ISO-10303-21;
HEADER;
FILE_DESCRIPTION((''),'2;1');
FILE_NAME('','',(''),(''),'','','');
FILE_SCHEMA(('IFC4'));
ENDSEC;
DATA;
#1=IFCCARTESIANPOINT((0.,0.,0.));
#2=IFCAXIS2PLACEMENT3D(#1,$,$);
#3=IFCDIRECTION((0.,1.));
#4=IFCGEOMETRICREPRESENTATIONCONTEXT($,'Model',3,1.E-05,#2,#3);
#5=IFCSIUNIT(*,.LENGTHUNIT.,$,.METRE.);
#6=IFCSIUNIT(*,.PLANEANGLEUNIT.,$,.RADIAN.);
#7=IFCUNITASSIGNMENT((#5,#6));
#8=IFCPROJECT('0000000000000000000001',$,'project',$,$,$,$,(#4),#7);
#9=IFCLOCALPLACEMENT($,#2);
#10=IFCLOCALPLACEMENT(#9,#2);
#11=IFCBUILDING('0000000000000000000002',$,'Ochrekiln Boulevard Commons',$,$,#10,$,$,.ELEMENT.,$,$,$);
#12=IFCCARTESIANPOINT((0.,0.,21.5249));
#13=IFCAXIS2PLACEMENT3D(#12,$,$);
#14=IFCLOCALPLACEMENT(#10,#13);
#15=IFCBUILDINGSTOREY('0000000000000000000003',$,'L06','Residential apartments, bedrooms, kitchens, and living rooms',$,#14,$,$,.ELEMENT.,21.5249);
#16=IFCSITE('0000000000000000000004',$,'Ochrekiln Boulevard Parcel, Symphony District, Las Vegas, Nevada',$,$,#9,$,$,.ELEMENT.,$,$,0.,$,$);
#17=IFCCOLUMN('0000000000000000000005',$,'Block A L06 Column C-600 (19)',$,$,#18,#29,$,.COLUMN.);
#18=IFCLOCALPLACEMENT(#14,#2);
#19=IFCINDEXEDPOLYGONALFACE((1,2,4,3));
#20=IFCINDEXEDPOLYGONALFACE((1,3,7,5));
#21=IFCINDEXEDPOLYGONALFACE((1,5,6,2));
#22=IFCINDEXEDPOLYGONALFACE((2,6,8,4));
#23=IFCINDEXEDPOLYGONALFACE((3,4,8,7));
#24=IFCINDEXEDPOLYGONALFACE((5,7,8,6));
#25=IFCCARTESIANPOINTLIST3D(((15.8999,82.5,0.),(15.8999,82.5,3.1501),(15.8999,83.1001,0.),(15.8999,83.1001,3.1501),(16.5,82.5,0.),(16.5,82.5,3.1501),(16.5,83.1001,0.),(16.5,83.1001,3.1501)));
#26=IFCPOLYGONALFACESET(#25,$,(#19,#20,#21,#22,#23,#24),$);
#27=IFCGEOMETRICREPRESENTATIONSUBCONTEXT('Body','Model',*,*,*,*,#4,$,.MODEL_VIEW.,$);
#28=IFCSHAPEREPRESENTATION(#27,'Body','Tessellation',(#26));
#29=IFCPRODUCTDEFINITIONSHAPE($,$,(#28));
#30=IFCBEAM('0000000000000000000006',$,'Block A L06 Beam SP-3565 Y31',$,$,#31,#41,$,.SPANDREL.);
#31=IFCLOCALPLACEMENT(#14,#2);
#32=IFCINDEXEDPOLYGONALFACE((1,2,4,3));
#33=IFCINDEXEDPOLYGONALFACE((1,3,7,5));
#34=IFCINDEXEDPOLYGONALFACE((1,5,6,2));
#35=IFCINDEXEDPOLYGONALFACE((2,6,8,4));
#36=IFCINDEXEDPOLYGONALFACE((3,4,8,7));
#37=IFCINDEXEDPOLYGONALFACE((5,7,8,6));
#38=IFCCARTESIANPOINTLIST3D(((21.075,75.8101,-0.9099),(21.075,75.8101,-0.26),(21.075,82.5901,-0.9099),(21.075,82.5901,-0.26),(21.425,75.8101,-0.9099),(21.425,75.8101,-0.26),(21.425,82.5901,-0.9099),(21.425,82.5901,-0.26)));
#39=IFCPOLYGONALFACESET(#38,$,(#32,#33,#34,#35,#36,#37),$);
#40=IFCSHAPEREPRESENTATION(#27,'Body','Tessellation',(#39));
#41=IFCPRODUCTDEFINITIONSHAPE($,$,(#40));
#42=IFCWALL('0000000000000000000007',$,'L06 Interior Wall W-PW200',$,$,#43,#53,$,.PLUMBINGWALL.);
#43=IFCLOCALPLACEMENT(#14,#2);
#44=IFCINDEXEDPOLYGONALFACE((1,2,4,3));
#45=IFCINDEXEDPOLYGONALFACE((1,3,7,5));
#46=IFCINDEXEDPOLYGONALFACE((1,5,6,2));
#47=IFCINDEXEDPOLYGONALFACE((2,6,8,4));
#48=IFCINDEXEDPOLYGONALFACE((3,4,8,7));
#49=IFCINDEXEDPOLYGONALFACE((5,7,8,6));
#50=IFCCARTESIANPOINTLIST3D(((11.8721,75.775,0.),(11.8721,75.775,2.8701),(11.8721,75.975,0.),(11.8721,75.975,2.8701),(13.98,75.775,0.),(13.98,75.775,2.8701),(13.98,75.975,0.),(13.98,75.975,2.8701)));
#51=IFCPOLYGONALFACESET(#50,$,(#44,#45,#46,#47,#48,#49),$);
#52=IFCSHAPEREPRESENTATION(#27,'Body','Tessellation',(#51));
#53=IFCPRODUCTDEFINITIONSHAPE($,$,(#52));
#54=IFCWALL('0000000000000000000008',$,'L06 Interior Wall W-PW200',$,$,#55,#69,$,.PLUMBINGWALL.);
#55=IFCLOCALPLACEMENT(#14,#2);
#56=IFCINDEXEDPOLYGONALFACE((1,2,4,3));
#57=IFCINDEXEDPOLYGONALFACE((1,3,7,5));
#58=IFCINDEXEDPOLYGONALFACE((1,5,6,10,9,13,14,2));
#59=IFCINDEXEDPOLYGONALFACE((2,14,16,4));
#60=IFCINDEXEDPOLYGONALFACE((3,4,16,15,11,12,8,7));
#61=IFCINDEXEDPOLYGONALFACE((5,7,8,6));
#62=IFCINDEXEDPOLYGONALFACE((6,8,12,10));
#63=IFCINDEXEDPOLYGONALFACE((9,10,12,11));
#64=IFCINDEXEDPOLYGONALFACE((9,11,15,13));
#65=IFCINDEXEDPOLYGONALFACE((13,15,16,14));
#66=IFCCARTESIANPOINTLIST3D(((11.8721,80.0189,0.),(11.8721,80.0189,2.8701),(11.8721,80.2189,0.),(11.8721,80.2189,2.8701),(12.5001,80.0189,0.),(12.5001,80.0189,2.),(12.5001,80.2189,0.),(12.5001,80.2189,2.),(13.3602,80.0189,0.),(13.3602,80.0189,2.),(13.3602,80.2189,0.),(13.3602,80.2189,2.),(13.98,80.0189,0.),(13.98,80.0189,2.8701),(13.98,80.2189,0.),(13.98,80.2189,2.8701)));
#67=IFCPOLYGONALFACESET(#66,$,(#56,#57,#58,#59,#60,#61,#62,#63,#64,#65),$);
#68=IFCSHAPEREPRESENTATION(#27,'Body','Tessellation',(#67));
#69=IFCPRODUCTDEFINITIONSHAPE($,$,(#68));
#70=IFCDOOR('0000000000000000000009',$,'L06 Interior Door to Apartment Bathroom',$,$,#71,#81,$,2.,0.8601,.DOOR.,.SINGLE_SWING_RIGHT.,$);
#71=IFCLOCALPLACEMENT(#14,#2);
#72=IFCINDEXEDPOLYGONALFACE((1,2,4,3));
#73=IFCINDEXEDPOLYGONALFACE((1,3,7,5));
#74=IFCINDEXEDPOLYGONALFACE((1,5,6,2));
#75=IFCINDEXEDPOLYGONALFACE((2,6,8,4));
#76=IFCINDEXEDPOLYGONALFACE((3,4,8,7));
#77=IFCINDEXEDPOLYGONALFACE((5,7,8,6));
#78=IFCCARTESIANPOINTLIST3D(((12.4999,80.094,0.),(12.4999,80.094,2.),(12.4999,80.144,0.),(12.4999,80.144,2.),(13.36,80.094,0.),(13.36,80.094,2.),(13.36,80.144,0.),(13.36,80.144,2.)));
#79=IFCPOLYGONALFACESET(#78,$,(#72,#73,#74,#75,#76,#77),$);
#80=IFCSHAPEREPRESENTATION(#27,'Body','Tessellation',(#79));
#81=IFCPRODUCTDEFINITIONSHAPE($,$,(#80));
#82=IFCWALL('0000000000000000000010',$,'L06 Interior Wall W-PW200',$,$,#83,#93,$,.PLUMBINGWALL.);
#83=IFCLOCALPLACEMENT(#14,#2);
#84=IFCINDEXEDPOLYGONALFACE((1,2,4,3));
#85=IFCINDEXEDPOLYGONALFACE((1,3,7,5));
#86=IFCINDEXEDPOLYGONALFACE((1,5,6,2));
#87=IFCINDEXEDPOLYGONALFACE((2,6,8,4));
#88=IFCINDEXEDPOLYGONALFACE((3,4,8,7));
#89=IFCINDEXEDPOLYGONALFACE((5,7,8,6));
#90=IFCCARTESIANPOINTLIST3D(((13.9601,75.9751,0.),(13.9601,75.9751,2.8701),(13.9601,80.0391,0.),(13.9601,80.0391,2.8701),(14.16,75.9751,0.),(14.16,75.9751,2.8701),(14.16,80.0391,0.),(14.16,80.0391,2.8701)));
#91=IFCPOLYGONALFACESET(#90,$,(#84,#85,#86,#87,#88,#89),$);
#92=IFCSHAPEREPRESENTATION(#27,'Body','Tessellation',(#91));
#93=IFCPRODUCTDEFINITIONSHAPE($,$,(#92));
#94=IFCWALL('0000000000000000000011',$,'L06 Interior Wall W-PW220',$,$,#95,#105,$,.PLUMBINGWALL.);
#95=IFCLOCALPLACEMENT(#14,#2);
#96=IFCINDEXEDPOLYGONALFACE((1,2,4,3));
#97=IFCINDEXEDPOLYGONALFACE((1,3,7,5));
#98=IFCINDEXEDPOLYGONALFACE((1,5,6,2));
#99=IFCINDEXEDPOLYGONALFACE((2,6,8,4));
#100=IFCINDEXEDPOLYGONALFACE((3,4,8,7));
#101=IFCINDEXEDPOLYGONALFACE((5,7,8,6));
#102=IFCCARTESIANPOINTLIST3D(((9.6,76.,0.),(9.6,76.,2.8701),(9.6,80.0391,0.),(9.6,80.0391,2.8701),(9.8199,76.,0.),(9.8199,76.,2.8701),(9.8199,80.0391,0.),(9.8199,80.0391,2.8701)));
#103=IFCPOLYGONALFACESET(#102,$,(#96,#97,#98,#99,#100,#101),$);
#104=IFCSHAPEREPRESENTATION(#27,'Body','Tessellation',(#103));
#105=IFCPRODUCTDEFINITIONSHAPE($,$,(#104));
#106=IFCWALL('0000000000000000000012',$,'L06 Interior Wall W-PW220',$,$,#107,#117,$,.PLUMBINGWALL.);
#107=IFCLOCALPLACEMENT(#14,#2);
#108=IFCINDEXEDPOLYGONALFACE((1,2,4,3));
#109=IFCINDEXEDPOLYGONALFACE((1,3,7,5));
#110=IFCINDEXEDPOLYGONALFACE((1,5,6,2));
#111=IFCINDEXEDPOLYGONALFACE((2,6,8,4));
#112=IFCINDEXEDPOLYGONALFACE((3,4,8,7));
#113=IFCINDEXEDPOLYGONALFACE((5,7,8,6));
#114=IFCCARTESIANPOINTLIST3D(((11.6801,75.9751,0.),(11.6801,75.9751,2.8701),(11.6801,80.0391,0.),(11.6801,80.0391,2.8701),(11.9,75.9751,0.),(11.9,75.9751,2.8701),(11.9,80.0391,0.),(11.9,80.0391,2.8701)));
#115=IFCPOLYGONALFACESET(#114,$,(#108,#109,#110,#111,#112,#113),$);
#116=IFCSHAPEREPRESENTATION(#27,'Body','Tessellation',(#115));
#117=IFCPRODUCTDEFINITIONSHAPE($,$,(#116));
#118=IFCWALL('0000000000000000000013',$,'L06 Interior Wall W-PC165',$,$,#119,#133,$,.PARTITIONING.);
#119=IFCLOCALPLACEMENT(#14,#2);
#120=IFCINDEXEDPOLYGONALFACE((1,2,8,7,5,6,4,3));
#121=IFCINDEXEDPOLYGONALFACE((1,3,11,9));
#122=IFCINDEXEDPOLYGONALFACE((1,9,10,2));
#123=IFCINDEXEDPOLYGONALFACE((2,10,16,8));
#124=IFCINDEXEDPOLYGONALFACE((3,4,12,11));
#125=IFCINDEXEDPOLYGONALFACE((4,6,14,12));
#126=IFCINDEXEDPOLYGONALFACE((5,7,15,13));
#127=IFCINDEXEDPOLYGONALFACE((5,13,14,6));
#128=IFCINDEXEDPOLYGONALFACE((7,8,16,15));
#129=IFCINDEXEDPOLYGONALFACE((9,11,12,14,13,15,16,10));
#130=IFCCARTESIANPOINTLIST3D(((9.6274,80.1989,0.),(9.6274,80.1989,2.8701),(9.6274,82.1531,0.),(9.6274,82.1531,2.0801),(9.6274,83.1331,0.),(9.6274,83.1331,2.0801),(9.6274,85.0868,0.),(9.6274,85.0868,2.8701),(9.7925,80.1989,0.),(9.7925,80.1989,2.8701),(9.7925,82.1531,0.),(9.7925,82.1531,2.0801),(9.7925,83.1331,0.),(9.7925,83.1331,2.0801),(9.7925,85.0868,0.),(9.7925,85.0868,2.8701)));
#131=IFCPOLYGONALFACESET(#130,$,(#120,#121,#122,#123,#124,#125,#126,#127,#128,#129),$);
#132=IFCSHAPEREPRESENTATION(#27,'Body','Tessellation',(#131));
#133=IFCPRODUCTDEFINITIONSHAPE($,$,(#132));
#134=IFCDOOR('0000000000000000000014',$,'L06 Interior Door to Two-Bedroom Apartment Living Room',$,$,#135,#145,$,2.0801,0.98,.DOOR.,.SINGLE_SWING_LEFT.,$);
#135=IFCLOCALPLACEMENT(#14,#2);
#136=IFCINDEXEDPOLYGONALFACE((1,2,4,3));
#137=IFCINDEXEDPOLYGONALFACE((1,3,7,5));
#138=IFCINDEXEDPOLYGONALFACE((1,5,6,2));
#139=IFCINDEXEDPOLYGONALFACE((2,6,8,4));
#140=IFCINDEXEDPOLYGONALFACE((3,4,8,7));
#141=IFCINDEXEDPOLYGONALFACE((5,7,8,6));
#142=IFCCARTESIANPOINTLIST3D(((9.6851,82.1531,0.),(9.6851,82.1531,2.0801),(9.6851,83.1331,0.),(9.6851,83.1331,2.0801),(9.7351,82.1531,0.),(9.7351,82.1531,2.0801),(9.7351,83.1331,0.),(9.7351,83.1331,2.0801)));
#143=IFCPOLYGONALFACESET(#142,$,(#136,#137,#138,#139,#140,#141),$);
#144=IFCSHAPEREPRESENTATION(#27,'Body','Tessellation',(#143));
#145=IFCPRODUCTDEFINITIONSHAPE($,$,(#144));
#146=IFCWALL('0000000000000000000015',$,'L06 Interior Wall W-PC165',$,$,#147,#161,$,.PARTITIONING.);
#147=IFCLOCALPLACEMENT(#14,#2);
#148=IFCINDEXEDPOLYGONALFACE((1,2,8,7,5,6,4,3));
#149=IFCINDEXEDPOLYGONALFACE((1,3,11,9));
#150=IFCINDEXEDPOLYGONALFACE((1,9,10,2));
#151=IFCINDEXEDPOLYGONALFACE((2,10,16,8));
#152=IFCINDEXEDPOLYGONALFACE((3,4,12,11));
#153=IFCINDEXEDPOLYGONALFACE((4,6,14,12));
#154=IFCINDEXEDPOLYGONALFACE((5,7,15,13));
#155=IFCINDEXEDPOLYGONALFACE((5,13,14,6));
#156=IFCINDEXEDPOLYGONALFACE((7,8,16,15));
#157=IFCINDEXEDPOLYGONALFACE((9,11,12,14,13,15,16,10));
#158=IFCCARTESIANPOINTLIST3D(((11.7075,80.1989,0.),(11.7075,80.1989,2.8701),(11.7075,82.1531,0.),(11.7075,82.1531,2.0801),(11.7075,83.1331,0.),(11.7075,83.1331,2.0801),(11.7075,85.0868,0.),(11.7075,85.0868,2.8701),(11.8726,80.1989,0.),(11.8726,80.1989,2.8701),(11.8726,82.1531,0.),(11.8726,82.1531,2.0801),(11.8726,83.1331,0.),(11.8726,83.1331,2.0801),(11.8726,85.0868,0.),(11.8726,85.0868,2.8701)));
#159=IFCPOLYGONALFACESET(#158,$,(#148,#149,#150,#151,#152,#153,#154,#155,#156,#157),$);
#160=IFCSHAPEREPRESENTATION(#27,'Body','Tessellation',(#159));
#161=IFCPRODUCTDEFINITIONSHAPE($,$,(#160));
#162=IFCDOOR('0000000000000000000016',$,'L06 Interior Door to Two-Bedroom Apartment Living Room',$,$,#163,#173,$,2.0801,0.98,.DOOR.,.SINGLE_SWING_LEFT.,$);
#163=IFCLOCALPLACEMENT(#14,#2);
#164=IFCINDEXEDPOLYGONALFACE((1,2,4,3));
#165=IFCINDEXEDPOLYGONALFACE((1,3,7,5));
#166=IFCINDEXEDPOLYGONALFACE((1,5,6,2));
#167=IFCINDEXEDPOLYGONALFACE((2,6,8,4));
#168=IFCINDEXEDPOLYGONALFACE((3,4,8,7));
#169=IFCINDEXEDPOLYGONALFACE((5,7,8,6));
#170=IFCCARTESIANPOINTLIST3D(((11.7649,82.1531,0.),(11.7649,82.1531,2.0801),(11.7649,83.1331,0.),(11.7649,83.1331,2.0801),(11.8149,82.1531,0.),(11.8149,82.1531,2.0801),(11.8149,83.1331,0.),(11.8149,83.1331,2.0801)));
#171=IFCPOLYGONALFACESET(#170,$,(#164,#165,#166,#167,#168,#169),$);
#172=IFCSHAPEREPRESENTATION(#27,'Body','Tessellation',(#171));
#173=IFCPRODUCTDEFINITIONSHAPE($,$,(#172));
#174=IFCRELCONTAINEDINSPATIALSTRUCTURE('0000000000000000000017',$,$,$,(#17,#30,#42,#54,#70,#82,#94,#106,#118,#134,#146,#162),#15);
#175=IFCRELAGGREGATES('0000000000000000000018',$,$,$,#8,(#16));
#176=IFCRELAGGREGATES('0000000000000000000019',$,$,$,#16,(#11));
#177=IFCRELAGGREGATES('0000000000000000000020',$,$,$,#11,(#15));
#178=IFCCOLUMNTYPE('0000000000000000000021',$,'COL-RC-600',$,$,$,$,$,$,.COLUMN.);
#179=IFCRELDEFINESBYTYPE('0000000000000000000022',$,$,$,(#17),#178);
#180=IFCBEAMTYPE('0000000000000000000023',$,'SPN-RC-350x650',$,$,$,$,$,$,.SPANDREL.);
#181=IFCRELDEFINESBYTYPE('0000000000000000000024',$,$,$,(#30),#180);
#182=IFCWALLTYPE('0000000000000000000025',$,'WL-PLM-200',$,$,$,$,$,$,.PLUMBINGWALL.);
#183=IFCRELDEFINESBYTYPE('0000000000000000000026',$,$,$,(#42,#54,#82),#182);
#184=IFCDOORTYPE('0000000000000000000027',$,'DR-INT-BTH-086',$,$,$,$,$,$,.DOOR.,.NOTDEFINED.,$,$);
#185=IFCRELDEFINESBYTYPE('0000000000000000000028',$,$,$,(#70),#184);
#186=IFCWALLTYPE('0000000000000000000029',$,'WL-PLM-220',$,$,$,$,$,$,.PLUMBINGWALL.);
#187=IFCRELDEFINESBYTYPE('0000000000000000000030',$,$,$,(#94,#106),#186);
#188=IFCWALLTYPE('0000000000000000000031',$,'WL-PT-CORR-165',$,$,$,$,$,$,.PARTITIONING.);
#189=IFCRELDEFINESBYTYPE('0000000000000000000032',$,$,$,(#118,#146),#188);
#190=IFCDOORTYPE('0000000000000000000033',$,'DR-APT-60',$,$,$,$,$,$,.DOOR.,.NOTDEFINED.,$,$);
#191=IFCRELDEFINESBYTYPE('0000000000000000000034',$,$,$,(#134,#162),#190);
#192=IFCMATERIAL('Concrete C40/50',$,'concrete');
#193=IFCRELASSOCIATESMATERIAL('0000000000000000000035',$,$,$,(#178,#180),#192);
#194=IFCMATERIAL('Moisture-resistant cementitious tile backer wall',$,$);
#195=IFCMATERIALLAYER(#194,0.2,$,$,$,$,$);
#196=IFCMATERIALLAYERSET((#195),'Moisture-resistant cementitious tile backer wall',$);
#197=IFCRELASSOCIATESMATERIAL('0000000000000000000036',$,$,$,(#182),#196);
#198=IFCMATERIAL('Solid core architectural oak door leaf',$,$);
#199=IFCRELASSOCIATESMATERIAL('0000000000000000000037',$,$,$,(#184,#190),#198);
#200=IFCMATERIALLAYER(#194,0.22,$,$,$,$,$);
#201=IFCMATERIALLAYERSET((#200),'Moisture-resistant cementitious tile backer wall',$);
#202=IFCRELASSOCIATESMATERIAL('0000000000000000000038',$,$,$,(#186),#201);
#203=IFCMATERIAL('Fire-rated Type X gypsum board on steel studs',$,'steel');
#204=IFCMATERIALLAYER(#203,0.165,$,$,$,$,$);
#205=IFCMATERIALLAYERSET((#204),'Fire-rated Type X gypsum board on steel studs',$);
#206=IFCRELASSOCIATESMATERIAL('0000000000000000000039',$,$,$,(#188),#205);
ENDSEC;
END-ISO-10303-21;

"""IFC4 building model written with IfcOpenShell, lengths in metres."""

from ifc_helpers import new_model, si_unit, direction, frame, frame_2d, origin, origin_2d, place, context, subcontext, project, spatial, rectangle, extrude, material, layer, layer_set, material_profile, profile_set, type_object, element, fill, save


model = new_model("IFC4")

# Units and contexts
model_context = context("Model", 3, precision=1e-05, world=origin(), true_north=direction((0.0, 1.0)))
body_context = subcontext(model_context, "Body", "Model", "MODEL_VIEW")
ifc_project = project(units=[si_unit("LENGTHUNIT", "METRE"), si_unit("PLANEANGLEUNIT", "RADIAN")], contexts=[model_context])

# Site, building, storey
site_placement = place(None, origin())
site = spatial("IfcSite", under=ifc_project, at=site_placement, Name="Ochrekiln Boulevard Parcel, Symphony District, Las Vegas, Nevada", CompositionType="ELEMENT", RefElevation=0.0)
building_placement = place(site_placement, origin())
building = spatial("IfcBuilding", under=site, at=building_placement, Name="Ochrekiln Boulevard Commons", CompositionType="ELEMENT")
storey_placement = place(building_placement, frame((0.0, 0.0, 21.5249)))
storey = spatial("IfcBuildingStorey", under=building, at=storey_placement, Name="L06", Description="Residential apartments, bedrooms, kitchens, and living rooms", CompositionType="ELEMENT", Elevation=21.5249)

# Column
ifc_material_1 = material(Name="Concrete C40/50", Category="concrete")
ifc_material_profile_1 = material_profile(ifc_material_1, rectangle(XDim=0.6001, YDim=0.6001, at=origin_2d()), Name="RC-COL-600x600")
ifc_profile_set_1 = profile_set([ifc_material_profile_1], Name="Concrete C40/50")
column_type = type_object("IfcColumnType", Name="COL-RC-600", PredefinedType="COLUMN", material=ifc_profile_set_1)
column_placement = place(storey_placement, frame((16.2, 82.8, 0.0), z_axis=(0.0, 0.0, 1.0), x_axis=(1.0, 0.0, 0.0)))
element("IfcColumn", 1, at=column_placement, inside=storey, type_object=column_type, Name="Block A L06 Column C-600 (19)", PredefinedType="COLUMN", context=body_context, shape_type="SweptSolid", body=[
    extrude(rectangle(XDim=0.6001, YDim=0.6001, at=origin_2d()), origin(), (0.0, 0.0, 1.0), 3.1501),
])

# Beam
ifc_material_profile_2 = material_profile(ifc_material_1, rectangle(XDim=0.3501, YDim=0.6499, at=origin_2d()), Name="RC-SPN-350x650")
ifc_profile_set_2 = profile_set([ifc_material_profile_2], Name="Concrete C40/50")
beam_type = type_object("IfcBeamType", Name="SPN-RC-350x650", PredefinedType="SPANDREL", material=ifc_profile_set_2)
beam_placement = place(storey_placement, frame((21.25, 75.8101, -0.585), z_axis=(0.0, 1.0, 0.0), x_axis=(-1.0, 0.0, 0.0)))
element("IfcBeam", 2, at=beam_placement, inside=storey, type_object=beam_type, Name="Block A L06 Beam SP-3565 Y31", PredefinedType="SPANDREL", context=body_context, shape_type="SweptSolid", body=[
    extrude(rectangle(XDim=0.3501, YDim=0.6499, at=origin_2d()), origin(), (0.0, 0.0, 1.0), 6.78),
])

# Wall
ifc_material_2 = material(Name="Moisture-resistant cementitious tile backer wall")
ifc_layer_1 = layer(ifc_material_2, 0.2)
ifc_layer_set_1 = layer_set([ifc_layer_1], Name="Moisture-resistant cementitious tile backer wall")
wall_type_1 = type_object("IfcWallType", Name="WL-PLM-200", PredefinedType="PLUMBINGWALL", material=ifc_layer_set_1)
wall_1_placement = place(storey_placement, frame((11.8721, 75.875, 0.0), z_axis=(0.0, 0.0, 1.0), x_axis=(1.0, 0.0, 0.0)))
element("IfcWall", 3, at=wall_1_placement, inside=storey, type_object=wall_type_1, Name="L06 Interior Wall W-PW200", PredefinedType="PLUMBINGWALL", context=body_context, shape_type="SweptSolid", body=[
    extrude(rectangle(XDim=2.1079, YDim=0.2, at=frame_2d((1.054, 0.0))), origin(), (0.0, 0.0, 1.0), 2.8701),
])

# Wall, opening, door
wall_2_placement = place(storey_placement, frame((11.8721, 80.1189, 0.0), z_axis=(0.0, 0.0, 1.0), x_axis=(1.0, 0.0, 0.0)))
wall_2 = element("IfcWall", 4, at=wall_2_placement, inside=storey, type_object=wall_type_1, Name="L06 Interior Wall W-PW200", PredefinedType="PLUMBINGWALL", context=body_context, shape_type="SweptSolid", body=[
    extrude(rectangle(XDim=2.1079, YDim=0.2, at=frame_2d((1.054, 0.0))), origin(), (0.0, 0.0, 1.0), 2.8701),
])
opening_1_placement = place(wall_2_placement, frame((0.6279, 0.0, 0.0)))
opening_1 = element("IfcOpeningElement", 5, at=opening_1_placement, cuts=wall_2, PredefinedType="OPENING", context=body_context, shape_type="SweptSolid", body=[
    extrude(rectangle(XDim=0.8601, YDim=2.0, at=frame_2d((0.4302, 1.0))), frame((0.0, 0.1099, 0.0), z_axis=(0.0, -1.0, 0.0), x_axis=(1.0, 0.0, 0.0)), (0.0, 0.0, 1.0), 0.22),
])
ifc_material_3 = material(Name="Solid core architectural oak door leaf")
door_type_1 = type_object("IfcDoorType", Name="DR-INT-BTH-086", OperationType="NOTDEFINED", PredefinedType="DOOR", material=ifc_material_3)
door_1_placement = place(opening_1_placement, frame((0.8601, 0.0, 0.0), z_axis=(0.0, 0.0, 1.0), x_axis=(-1.0, 0.0, 0.0)))
door_1 = element("IfcDoor", 6, at=door_1_placement, inside=storey, type_object=door_type_1, Name="L06 Interior Door to Apartment Bathroom", OperationType="SINGLE_SWING_RIGHT", OverallHeight=2.0, OverallWidth=0.8601, PredefinedType="DOOR", context=body_context, shape_type="SweptSolid", body=[
    extrude(rectangle(XDim=0.8601, YDim=2.0, at=frame_2d((0.4302, 1.0))), frame((0.0, 0.0249, 0.0), z_axis=(0.0, -1.0, 0.0), x_axis=(1.0, 0.0, 0.0)), (0.0, 0.0, 1.0), 0.05),
])
fill(opening_1, door_1)

# Walls
wall_3_placement = place(storey_placement, frame((14.0601, 75.9751, 0.0), z_axis=(0.0, 0.0, 1.0), x_axis=(0.0, 1.0, 0.0)))
element("IfcWall", 7, at=wall_3_placement, inside=storey, type_object=wall_type_1, Name="L06 Interior Wall W-PW200", PredefinedType="PLUMBINGWALL", context=body_context, shape_type="SweptSolid", body=[
    extrude(rectangle(XDim=4.064, YDim=0.2, at=frame_2d((2.032, 0.0))), origin(), (0.0, 0.0, 1.0), 2.8701),
])
ifc_layer_2 = layer(ifc_material_2, 0.22)
ifc_layer_set_2 = layer_set([ifc_layer_2], Name="Moisture-resistant cementitious tile backer wall")
wall_type_2 = type_object("IfcWallType", Name="WL-PLM-220", PredefinedType="PLUMBINGWALL", material=ifc_layer_set_2)
wall_4_placement = place(storey_placement, frame((9.71, 76.0, 0.0), z_axis=(0.0, 0.0, 1.0), x_axis=(0.0, 1.0, 0.0)))
element("IfcWall", 8, at=wall_4_placement, inside=storey, type_object=wall_type_2, Name="L06 Interior Wall W-PW220", PredefinedType="PLUMBINGWALL", context=body_context, shape_type="SweptSolid", body=[
    extrude(rectangle(XDim=4.0391, YDim=0.22, at=frame_2d((2.0195, 0.0))), origin(), (0.0, 0.0, 1.0), 2.8701),
])
wall_5_placement = place(storey_placement, frame((11.79, 75.9751, 0.0), z_axis=(0.0, 0.0, 1.0), x_axis=(0.0, 1.0, 0.0)))
element("IfcWall", 9, at=wall_5_placement, inside=storey, type_object=wall_type_2, Name="L06 Interior Wall W-PW220", PredefinedType="PLUMBINGWALL", context=body_context, shape_type="SweptSolid", body=[
    extrude(rectangle(XDim=4.064, YDim=0.22, at=frame_2d((2.032, 0.0))), origin(), (0.0, 0.0, 1.0), 2.8701),
])

# Walls, openings, doors
ifc_material_4 = material(Name="Fire-rated Type X gypsum board on steel studs", Category="steel")
ifc_layer_3 = layer(ifc_material_4, 0.165)
ifc_layer_set_3 = layer_set([ifc_layer_3], Name="Fire-rated Type X gypsum board on steel studs")
wall_type_3 = type_object("IfcWallType", Name="WL-PT-CORR-165", PredefinedType="PARTITIONING", material=ifc_layer_set_3)
wall_6_placement = place(storey_placement, frame((9.71, 80.199, 0.0), z_axis=(0.0, 0.0, 1.0), x_axis=(0.0, 1.0, 0.0)))
wall_6 = element("IfcWall", 10, at=wall_6_placement, inside=storey, type_object=wall_type_3, Name="L06 Interior Wall W-PC165", PredefinedType="PARTITIONING", context=body_context, shape_type="SweptSolid", body=[
    extrude(rectangle(XDim=4.8879, YDim=0.165, at=frame_2d((2.4438, 0.0))), origin(), (0.0, 0.0, 1.0), 2.8701),
])
opening_2_placement = place(wall_6_placement, frame((1.9541, 0.0, 0.0)))
opening_2 = element("IfcOpeningElement", 11, at=opening_2_placement, cuts=wall_6, PredefinedType="OPENING", context=body_context, shape_type="SweptSolid", body=[
    extrude(rectangle(XDim=0.98, YDim=2.0801, at=frame_2d((0.49, 1.04))), frame((0.0, 0.0925, 0.0), z_axis=(0.0, -1.0, 0.0), x_axis=(1.0, 0.0, 0.0)), (0.0, 0.0, 1.0), 0.1851),
])
door_type_2 = type_object("IfcDoorType", Name="DR-APT-60", OperationType="NOTDEFINED", PredefinedType="DOOR", material=ifc_material_3)
door_2_placement = place(opening_2_placement, origin())
door_2 = element("IfcDoor", 12, at=door_2_placement, inside=storey, type_object=door_type_2, Name="L06 Interior Door to Two-Bedroom Apartment Living Room", OperationType="SINGLE_SWING_LEFT", OverallHeight=2.0801, OverallWidth=0.98, PredefinedType="DOOR", context=body_context, shape_type="SweptSolid", body=[
    extrude(rectangle(XDim=0.98, YDim=2.0801, at=frame_2d((0.49, 1.04))), frame((0.0, 0.0249, 0.0), z_axis=(0.0, -1.0, 0.0), x_axis=(1.0, 0.0, 0.0)), (0.0, 0.0, 1.0), 0.05),
])
fill(opening_2, door_2)
wall_7_placement = place(storey_placement, frame((11.79, 80.199, 0.0), z_axis=(0.0, 0.0, 1.0), x_axis=(0.0, 1.0, 0.0)))
wall_7 = element("IfcWall", 13, at=wall_7_placement, inside=storey, type_object=wall_type_3, Name="L06 Interior Wall W-PC165", PredefinedType="PARTITIONING", context=body_context, shape_type="SweptSolid", body=[
    extrude(rectangle(XDim=4.8879, YDim=0.165, at=frame_2d((2.4438, 0.0))), origin(), (0.0, 0.0, 1.0), 2.8701),
])
opening_3_placement = place(wall_7_placement, frame((1.9541, 0.0, 0.0)))
opening_3 = element("IfcOpeningElement", 14, at=opening_3_placement, cuts=wall_7, PredefinedType="OPENING", context=body_context, shape_type="SweptSolid", body=[
    extrude(rectangle(XDim=0.98, YDim=2.0801, at=frame_2d((0.49, 1.04))), frame((0.0, 0.0925, 0.0), z_axis=(0.0, -1.0, 0.0), x_axis=(1.0, 0.0, 0.0)), (0.0, 0.0, 1.0), 0.1851),
])
door_3_placement = place(opening_3_placement, frame((0.98, 0.0, 0.0), z_axis=(0.0, 0.0, 1.0), x_axis=(-1.0, 0.0, 0.0)))
door_3 = element("IfcDoor", 15, at=door_3_placement, inside=storey, type_object=door_type_2, Name="L06 Interior Door to Two-Bedroom Apartment Living Room", OperationType="SINGLE_SWING_LEFT", OverallHeight=2.0801, OverallWidth=0.98, PredefinedType="DOOR", context=body_context, shape_type="SweptSolid", body=[
    extrude(rectangle(XDim=0.98, YDim=2.0801, at=frame_2d((0.49, 1.04))), frame((0.0, 0.0249, 0.0), z_axis=(0.0, -1.0, 0.0), x_axis=(1.0, 0.0, 0.0)), (0.0, 0.0, 1.0), 0.05),
])
fill(opening_3, door_3)

save(model, "model.ifc")
